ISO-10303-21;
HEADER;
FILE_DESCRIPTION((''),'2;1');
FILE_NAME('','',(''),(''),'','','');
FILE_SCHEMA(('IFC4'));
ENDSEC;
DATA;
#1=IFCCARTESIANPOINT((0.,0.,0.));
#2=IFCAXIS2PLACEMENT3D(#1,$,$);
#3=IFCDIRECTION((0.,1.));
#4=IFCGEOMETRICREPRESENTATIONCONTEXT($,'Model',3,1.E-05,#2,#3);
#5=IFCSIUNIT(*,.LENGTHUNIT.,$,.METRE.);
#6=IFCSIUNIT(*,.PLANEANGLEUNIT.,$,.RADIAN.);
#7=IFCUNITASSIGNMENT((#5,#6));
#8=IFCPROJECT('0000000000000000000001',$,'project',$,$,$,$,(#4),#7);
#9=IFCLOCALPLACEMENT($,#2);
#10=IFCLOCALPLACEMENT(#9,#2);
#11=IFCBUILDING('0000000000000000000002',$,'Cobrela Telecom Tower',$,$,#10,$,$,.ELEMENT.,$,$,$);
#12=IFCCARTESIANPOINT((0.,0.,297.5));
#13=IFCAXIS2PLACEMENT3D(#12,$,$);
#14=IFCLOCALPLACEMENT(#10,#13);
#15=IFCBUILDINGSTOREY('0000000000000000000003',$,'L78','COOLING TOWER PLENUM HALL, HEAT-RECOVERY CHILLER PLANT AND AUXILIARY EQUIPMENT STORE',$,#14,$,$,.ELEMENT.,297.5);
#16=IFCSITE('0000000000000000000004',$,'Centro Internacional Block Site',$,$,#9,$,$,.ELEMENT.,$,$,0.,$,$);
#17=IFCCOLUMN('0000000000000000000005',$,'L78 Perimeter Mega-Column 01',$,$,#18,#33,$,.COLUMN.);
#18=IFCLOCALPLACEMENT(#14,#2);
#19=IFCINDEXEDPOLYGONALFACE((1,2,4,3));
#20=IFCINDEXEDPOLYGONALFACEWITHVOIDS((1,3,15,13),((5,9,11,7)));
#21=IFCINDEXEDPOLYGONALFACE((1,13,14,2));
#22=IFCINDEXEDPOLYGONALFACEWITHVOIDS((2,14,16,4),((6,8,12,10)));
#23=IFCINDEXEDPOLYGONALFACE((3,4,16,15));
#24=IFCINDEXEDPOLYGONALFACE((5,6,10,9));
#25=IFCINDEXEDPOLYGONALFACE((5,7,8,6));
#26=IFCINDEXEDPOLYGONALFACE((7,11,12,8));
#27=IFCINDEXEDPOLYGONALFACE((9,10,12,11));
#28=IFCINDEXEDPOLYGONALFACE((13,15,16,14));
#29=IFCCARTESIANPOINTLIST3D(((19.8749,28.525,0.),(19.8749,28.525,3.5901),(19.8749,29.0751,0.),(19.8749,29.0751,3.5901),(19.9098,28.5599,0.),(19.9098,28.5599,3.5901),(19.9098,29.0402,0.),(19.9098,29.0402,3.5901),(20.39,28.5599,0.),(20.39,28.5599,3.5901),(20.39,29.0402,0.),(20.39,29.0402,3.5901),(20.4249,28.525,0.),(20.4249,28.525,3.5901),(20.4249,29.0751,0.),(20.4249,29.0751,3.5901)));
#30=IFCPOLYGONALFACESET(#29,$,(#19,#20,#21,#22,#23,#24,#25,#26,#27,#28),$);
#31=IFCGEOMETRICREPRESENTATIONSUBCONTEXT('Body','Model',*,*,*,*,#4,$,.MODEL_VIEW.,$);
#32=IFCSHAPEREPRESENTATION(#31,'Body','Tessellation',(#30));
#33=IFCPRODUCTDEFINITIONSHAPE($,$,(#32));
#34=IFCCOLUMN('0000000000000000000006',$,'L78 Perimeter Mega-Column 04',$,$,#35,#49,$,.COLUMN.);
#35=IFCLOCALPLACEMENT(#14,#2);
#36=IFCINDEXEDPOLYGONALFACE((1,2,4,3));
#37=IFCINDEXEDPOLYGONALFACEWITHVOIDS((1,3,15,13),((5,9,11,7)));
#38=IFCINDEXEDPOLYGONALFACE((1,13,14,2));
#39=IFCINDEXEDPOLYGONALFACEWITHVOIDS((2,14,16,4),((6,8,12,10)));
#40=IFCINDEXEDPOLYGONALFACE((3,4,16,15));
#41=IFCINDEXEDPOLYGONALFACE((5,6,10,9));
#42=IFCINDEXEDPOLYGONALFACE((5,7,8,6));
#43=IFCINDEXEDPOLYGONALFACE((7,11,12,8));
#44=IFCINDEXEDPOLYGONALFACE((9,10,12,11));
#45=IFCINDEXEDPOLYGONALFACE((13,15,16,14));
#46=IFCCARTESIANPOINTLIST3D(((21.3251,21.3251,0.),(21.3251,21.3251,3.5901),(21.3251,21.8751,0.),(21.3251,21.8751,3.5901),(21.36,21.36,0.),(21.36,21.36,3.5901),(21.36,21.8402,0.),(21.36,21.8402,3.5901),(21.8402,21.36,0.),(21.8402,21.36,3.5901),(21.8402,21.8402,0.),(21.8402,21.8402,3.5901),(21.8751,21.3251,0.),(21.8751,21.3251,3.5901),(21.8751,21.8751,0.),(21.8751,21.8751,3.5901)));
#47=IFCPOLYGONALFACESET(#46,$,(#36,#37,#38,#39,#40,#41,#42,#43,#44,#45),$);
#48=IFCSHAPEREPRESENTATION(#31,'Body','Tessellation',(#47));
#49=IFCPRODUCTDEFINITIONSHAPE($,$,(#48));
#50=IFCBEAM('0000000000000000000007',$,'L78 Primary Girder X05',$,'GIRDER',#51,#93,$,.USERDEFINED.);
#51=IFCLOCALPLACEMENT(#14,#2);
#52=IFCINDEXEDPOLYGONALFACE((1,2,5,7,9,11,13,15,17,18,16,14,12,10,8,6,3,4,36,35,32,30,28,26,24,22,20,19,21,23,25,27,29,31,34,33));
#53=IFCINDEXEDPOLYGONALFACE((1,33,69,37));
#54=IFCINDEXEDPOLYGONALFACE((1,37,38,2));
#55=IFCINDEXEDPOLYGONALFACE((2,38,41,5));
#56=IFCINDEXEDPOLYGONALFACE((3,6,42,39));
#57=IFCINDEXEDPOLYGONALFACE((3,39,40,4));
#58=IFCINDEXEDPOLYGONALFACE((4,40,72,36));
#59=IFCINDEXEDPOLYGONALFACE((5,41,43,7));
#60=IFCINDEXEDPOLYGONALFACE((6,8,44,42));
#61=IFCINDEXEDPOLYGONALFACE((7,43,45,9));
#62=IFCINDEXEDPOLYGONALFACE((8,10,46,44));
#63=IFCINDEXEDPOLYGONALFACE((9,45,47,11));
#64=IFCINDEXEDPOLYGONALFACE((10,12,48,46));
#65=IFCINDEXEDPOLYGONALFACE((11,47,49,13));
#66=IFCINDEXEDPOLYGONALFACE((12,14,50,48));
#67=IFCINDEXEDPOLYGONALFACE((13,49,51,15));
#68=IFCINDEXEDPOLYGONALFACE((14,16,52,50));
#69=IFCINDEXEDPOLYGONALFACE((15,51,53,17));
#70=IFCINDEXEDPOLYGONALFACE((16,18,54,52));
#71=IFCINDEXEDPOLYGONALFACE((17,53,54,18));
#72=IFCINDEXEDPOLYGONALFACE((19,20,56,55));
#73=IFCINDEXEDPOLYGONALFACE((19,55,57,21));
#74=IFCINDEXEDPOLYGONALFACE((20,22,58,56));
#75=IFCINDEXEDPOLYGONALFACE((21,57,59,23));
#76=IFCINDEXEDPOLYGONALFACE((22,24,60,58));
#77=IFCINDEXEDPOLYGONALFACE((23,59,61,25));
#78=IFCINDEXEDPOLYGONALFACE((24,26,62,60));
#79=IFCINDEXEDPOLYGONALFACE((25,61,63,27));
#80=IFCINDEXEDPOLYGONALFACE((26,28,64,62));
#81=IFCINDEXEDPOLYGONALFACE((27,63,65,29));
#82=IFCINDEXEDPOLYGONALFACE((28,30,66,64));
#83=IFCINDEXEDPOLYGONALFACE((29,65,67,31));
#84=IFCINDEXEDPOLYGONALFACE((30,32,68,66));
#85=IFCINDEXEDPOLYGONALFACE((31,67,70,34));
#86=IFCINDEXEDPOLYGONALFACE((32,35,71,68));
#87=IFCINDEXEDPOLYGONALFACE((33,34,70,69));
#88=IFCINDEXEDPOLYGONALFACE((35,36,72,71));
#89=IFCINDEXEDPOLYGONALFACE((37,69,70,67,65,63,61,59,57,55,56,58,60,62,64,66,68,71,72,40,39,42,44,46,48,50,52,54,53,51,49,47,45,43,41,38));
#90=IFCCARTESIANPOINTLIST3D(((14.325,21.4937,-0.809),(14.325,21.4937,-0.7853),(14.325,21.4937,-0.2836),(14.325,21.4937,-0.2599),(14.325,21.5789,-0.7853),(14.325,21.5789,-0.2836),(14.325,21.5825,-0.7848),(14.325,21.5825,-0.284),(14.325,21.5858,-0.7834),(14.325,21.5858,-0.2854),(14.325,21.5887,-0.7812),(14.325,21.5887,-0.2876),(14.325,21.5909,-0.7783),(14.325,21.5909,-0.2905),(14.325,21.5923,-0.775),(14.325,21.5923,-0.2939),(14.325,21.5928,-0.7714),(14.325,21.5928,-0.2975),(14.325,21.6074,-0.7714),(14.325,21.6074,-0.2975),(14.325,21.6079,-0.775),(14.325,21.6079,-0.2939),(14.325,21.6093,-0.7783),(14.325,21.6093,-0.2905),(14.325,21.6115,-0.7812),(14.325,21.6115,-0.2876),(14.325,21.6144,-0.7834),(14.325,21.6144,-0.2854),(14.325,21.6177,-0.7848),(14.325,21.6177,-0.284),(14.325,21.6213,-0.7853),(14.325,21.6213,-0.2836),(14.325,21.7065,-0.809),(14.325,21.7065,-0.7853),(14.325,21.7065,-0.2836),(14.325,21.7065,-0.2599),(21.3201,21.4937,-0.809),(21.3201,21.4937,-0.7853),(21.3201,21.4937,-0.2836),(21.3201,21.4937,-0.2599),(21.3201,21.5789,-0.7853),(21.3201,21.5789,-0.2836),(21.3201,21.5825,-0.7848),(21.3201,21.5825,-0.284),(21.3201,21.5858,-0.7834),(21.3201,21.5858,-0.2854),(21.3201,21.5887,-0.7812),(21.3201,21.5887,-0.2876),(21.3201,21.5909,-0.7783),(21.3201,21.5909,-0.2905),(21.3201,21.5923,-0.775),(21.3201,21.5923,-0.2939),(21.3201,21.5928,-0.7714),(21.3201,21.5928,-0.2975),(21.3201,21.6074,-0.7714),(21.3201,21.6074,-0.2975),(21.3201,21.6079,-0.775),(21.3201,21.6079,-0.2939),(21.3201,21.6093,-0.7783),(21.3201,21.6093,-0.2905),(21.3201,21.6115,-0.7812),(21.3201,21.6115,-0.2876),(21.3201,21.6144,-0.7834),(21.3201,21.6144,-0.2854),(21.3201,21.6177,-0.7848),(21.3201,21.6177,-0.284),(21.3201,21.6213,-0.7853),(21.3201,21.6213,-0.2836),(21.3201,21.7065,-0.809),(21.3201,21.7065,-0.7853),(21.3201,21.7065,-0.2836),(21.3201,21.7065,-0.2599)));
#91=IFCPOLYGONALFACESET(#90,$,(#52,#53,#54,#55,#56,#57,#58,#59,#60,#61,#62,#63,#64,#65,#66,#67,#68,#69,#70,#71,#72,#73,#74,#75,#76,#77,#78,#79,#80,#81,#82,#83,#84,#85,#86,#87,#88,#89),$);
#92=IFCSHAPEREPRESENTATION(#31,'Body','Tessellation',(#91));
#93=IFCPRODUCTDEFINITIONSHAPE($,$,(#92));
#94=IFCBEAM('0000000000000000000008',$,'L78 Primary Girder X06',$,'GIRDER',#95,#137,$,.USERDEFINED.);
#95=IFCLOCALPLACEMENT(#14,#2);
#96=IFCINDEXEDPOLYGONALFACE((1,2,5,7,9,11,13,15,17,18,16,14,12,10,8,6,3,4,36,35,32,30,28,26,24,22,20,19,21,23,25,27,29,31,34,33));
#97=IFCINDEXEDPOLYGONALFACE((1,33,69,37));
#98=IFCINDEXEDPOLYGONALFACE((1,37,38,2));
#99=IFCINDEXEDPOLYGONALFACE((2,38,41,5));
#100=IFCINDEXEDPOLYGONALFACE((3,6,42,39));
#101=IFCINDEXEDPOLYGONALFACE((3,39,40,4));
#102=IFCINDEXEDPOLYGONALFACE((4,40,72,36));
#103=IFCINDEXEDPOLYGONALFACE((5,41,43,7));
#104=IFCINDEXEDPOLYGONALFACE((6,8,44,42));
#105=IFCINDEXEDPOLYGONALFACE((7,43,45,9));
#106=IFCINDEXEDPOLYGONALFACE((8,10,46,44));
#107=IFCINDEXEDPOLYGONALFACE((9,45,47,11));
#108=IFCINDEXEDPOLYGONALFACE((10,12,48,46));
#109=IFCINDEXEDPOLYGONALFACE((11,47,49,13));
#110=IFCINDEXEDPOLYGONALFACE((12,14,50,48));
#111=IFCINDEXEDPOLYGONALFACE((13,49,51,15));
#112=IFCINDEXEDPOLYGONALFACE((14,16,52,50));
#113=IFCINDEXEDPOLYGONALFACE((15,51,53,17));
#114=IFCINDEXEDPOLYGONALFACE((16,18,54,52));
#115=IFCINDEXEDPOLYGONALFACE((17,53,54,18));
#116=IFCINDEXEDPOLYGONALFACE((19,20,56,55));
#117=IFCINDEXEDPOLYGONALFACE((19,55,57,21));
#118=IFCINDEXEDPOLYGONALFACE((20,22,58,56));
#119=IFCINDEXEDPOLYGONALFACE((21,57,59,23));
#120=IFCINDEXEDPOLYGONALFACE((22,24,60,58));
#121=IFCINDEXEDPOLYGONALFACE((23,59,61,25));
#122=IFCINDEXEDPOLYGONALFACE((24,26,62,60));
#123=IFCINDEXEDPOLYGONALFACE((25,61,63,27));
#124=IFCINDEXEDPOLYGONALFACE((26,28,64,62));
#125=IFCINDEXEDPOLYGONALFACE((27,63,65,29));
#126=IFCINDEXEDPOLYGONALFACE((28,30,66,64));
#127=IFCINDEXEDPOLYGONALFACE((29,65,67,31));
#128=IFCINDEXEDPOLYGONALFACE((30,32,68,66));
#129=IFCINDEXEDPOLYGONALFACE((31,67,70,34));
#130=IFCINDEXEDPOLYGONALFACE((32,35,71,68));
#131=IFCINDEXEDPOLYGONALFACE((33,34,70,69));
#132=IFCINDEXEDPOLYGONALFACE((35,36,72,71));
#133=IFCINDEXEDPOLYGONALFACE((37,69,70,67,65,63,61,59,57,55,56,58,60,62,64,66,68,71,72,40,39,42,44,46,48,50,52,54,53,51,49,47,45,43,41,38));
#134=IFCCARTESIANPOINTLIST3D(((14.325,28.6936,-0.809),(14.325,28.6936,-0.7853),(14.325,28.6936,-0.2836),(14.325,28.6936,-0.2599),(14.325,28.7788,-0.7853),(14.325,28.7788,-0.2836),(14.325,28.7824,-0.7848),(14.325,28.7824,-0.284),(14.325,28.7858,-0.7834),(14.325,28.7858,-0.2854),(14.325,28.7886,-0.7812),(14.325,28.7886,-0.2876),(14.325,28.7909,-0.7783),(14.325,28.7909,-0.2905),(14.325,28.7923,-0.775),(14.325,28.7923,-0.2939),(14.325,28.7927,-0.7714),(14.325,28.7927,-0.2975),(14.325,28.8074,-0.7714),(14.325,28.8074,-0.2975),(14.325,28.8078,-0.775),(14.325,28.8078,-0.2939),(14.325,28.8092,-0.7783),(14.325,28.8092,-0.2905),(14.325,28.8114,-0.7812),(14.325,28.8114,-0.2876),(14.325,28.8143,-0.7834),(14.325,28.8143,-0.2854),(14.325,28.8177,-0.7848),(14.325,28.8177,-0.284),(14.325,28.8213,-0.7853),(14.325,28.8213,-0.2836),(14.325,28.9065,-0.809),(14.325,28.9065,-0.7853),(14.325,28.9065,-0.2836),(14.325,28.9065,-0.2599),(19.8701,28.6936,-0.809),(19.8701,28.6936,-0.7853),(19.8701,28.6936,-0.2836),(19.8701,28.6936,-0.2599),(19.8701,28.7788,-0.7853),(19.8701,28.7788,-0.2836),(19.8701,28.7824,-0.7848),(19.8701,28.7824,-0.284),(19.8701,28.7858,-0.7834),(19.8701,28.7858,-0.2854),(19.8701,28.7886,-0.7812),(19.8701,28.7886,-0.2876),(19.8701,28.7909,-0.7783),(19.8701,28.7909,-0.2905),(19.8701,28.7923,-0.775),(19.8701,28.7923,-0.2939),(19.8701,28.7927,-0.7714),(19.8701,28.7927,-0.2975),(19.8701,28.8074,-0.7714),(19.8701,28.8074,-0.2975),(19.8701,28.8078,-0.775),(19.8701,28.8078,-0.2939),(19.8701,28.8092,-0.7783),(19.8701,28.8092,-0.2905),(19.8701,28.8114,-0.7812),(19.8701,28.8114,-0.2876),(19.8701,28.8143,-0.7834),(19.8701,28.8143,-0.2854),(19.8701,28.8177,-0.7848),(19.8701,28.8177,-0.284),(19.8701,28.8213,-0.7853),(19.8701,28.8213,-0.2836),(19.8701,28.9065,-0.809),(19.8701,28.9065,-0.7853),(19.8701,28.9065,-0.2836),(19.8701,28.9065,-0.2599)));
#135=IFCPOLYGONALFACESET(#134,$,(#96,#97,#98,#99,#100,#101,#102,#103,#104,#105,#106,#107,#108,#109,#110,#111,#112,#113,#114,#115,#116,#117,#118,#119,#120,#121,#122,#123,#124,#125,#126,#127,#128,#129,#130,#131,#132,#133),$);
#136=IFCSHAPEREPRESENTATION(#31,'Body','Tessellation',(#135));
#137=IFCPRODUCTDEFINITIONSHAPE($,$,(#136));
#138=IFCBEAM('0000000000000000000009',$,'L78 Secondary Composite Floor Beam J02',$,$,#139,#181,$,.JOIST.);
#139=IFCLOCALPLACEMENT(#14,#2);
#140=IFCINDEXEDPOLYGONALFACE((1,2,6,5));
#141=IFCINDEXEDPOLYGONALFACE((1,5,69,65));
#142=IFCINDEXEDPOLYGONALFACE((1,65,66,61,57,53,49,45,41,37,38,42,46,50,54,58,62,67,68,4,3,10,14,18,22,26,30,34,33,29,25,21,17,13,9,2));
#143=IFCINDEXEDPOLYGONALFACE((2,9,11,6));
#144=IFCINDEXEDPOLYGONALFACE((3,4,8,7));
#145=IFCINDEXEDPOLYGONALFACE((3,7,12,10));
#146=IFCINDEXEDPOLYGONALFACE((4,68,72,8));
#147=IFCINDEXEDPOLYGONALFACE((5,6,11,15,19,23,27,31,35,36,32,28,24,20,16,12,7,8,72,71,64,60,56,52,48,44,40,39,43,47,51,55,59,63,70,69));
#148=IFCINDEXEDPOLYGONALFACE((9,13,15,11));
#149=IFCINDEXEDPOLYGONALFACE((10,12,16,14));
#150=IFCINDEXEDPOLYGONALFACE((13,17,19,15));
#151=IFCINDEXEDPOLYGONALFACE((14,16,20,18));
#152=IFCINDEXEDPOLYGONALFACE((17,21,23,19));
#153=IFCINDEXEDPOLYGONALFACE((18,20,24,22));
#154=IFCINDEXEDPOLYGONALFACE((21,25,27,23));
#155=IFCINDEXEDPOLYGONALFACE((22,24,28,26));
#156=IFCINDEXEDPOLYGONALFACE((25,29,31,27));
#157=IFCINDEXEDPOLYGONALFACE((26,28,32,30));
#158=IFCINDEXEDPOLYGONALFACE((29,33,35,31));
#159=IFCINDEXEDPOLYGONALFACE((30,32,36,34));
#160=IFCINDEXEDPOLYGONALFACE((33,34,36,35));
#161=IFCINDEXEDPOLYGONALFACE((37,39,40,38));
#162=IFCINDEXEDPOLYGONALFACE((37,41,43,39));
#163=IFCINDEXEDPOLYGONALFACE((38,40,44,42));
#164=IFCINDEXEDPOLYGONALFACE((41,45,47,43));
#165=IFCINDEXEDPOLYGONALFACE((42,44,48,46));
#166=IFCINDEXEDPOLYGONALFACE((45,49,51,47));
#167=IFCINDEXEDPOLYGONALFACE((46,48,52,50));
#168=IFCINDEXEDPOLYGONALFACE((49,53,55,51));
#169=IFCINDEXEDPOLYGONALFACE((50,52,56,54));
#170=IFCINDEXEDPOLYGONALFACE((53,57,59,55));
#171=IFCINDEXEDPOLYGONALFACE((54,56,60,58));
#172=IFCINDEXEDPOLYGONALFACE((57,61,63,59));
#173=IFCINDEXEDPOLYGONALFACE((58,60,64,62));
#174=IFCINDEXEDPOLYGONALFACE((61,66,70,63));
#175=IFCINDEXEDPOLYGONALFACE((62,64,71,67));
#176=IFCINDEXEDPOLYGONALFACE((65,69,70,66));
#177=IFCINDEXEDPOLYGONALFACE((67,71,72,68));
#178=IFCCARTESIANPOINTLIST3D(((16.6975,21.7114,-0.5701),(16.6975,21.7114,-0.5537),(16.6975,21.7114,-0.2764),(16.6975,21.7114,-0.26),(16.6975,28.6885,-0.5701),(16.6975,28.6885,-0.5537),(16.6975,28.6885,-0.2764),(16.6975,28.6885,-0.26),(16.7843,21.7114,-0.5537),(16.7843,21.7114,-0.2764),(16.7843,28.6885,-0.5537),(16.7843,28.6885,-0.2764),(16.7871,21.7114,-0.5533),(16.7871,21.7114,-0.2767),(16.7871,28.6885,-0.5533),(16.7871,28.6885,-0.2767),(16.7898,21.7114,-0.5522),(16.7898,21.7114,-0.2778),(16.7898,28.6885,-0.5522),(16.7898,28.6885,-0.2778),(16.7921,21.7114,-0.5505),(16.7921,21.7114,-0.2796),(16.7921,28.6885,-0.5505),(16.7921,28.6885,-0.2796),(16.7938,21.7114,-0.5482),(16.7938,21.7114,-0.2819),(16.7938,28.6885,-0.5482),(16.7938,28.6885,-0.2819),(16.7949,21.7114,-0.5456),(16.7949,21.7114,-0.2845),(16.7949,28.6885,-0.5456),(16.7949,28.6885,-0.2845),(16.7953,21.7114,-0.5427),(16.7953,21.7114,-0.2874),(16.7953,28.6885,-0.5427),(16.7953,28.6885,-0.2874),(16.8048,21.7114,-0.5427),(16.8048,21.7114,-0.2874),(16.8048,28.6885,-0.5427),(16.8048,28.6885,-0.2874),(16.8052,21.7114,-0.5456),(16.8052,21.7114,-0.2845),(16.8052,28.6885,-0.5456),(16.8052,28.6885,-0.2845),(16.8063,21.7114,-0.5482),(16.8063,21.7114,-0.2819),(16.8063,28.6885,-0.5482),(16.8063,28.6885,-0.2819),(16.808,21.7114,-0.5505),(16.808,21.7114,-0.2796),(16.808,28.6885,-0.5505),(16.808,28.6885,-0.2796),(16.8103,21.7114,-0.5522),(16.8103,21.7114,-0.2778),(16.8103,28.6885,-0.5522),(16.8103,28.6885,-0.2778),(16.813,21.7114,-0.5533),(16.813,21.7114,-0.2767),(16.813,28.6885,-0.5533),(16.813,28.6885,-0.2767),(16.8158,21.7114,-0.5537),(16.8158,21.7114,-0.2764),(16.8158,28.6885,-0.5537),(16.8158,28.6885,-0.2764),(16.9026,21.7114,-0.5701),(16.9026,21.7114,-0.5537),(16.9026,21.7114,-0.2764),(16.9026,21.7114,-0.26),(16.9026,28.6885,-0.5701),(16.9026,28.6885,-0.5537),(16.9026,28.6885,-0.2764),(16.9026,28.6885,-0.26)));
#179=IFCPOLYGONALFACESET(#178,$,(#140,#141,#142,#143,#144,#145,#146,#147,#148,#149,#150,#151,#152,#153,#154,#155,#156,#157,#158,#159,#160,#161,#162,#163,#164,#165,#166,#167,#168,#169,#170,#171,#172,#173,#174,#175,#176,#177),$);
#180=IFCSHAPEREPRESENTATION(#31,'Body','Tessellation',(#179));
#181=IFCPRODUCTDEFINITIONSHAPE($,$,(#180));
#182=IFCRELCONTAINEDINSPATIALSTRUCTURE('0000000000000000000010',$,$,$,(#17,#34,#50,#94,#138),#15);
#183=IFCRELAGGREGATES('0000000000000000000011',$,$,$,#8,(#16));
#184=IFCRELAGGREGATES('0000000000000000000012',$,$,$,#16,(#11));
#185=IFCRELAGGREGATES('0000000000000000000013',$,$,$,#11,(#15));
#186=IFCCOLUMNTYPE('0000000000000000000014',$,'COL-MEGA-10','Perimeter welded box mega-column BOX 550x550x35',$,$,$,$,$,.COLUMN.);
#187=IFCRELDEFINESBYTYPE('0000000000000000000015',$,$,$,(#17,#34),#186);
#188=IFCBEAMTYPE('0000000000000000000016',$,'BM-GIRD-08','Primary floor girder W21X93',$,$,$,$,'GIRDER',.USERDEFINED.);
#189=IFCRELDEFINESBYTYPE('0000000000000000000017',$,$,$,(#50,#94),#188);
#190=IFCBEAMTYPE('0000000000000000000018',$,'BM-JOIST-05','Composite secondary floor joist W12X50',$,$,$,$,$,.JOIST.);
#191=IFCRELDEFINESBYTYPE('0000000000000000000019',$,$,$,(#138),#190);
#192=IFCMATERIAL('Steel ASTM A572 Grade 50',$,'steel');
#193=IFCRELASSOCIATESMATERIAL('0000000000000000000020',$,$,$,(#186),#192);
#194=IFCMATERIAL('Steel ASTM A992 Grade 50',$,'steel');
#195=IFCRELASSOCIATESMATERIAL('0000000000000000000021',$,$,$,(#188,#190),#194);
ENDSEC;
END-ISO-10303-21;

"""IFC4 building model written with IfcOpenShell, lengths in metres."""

from ifc_helpers import new_model, si_unit, direction, frame, origin, origin_2d, place, context, subcontext, project, spatial, hollow_rectangle, i_section, extrude, material, material_profile, profile_set, type_object, element, save


model = new_model("IFC4")

# Units and contexts
model_context = context("Model", 3, precision=1e-05, world=origin(), true_north=direction((0.0, 1.0)))
body_context = subcontext(model_context, "Body", "Model", "MODEL_VIEW")
ifc_project = project(units=[si_unit("LENGTHUNIT", "METRE"), si_unit("PLANEANGLEUNIT", "RADIAN")], contexts=[model_context])

# Site, building, storey
site_placement = place(None, origin())
site = spatial("IfcSite", under=ifc_project, at=site_placement, Name="Centro Internacional Block Site", CompositionType="ELEMENT", RefElevation=0.0)
building_placement = place(site_placement, origin())
building = spatial("IfcBuilding", under=site, at=building_placement, Name="Cobrela Telecom Tower", CompositionType="ELEMENT")
storey_placement = place(building_placement, frame((0.0, 0.0, 297.5)))
storey = spatial("IfcBuildingStorey", under=building, at=storey_placement, Name="L78", Description="COOLING TOWER PLENUM HALL, HEAT-RECOVERY CHILLER PLANT AND AUXILIARY EQUIPMENT STORE", CompositionType="ELEMENT", Elevation=297.5)

# Columns
ifc_material_1 = material(Name="Steel ASTM A572 Grade 50", Category="steel")
ifc_material_profile_1 = material_profile(ifc_material_1, hollow_rectangle(XDim=0.55, YDim=0.55, WallThickness=0.0349, at=origin_2d()), Name="BOX 550x550x35")
ifc_profile_set_1 = profile_set([ifc_material_profile_1], Name="Steel ASTM A572 Grade 50")
column_type = type_object("IfcColumnType", Name="COL-MEGA-10", Description="Perimeter welded box mega-column BOX 550x550x35", PredefinedType="COLUMN", material=ifc_profile_set_1)
for number, where, z_axis, x_axis, name in (
    (1, (20.1499, 28.8, 0.0), (0.0, 0.0, 1.0), (1.0, 0.0, 0.0), "L78 Perimeter Mega-Column 01"),
    (2, (21.6001, 21.6001, 0.0), (0.0, 0.0, 1.0), (1.0, 0.0, 0.0), "L78 Perimeter Mega-Column 04"),
):
    element("IfcColumn", number, at=place(storey_placement, frame(where, z_axis=z_axis, x_axis=x_axis)), inside=storey, type_object=column_type, Name=name, PredefinedType="COLUMN", context=body_context, shape_type="SweptSolid", body=[
        extrude(hollow_rectangle(XDim=0.55, YDim=0.55, WallThickness=0.0349, at=origin_2d()), origin(), (0.0, 0.0, 1.0), 3.5901),
    ])

# Beams
ifc_material_2 = material(Name="Steel ASTM A992 Grade 50", Category="steel")
ifc_material_profile_2 = material_profile(ifc_material_2, i_section(OverallWidth=0.2129, OverallDepth=0.5491, WebThickness=0.0146, FlangeThickness=0.0237, FilletRadius=0.0139, at=origin_2d()), Name="W21X93")
ifc_profile_set_2 = profile_set([ifc_material_profile_2], Name="Steel ASTM A992 Grade 50")
beam_type_1 = type_object("IfcBeamType", Name="BM-GIRD-08", Description="Primary floor girder W21X93", ElementType="GIRDER", PredefinedType="USERDEFINED", material=ifc_profile_set_2)
beam_1_placement = place(storey_placement, frame((14.325, 21.6001, -0.5344), z_axis=(1.0, 0.0, 0.0), x_axis=(0.0, 1.0, 0.0)))
element("IfcBeam", 3, at=beam_1_placement, inside=storey, type_object=beam_type_1, Name="L78 Primary Girder X05", ObjectType="GIRDER", PredefinedType="USERDEFINED", context=body_context, shape_type="SweptSolid", body=[
    extrude(i_section(OverallWidth=0.2129, OverallDepth=0.5491, WebThickness=0.0146, FlangeThickness=0.0237, FilletRadius=0.0139, at=origin_2d()), origin(), (0.0, 0.0, 1.0), 6.9951),
])
beam_2_placement = place(storey_placement, frame((14.325, 28.8, -0.5344), z_axis=(1.0, 0.0, 0.0), x_axis=(0.0, 1.0, 0.0)))
element("IfcBeam", 4, at=beam_2_placement, inside=storey, type_object=beam_type_1, Name="L78 Primary Girder X06", ObjectType="GIRDER", PredefinedType="USERDEFINED", context=body_context, shape_type="SweptSolid", body=[
    extrude(i_section(OverallWidth=0.2129, OverallDepth=0.5491, WebThickness=0.0146, FlangeThickness=0.0237, FilletRadius=0.0139, at=origin_2d()), origin(), (0.0, 0.0, 1.0), 5.5452),
])
ifc_material_profile_3 = material_profile(ifc_material_2, i_section(OverallWidth=0.2051, OverallDepth=0.3101, WebThickness=0.0095, FlangeThickness=0.0164, FilletRadius=0.011, at=origin_2d()), Name="W12X50")
ifc_profile_set_3 = profile_set([ifc_material_profile_3], Name="Steel ASTM A992 Grade 50")
beam_type_2 = type_object("IfcBeamType", Name="BM-JOIST-05", Description="Composite secondary floor joist W12X50", PredefinedType="JOIST", material=ifc_profile_set_3)
for number, where, z_axis, x_axis, name in (
    (5, (16.8, 21.7114, -0.415), (0.0, 1.0, 0.0), (-1.0, 0.0, 0.0), "L78 Secondary Composite Floor Beam J02"),
):
    element("IfcBeam", number, at=place(storey_placement, frame(where, z_axis=z_axis, x_axis=x_axis)), inside=storey, type_object=beam_type_2, Name=name, PredefinedType="JOIST", context=body_context, shape_type="SweptSolid", body=[
        extrude(i_section(OverallWidth=0.2051, OverallDepth=0.3101, WebThickness=0.0095, FlangeThickness=0.0164, FilletRadius=0.011, at=origin_2d()), origin(), (0.0, 0.0, 1.0), 6.9771),
    ])

save(model, "model.ifc")
